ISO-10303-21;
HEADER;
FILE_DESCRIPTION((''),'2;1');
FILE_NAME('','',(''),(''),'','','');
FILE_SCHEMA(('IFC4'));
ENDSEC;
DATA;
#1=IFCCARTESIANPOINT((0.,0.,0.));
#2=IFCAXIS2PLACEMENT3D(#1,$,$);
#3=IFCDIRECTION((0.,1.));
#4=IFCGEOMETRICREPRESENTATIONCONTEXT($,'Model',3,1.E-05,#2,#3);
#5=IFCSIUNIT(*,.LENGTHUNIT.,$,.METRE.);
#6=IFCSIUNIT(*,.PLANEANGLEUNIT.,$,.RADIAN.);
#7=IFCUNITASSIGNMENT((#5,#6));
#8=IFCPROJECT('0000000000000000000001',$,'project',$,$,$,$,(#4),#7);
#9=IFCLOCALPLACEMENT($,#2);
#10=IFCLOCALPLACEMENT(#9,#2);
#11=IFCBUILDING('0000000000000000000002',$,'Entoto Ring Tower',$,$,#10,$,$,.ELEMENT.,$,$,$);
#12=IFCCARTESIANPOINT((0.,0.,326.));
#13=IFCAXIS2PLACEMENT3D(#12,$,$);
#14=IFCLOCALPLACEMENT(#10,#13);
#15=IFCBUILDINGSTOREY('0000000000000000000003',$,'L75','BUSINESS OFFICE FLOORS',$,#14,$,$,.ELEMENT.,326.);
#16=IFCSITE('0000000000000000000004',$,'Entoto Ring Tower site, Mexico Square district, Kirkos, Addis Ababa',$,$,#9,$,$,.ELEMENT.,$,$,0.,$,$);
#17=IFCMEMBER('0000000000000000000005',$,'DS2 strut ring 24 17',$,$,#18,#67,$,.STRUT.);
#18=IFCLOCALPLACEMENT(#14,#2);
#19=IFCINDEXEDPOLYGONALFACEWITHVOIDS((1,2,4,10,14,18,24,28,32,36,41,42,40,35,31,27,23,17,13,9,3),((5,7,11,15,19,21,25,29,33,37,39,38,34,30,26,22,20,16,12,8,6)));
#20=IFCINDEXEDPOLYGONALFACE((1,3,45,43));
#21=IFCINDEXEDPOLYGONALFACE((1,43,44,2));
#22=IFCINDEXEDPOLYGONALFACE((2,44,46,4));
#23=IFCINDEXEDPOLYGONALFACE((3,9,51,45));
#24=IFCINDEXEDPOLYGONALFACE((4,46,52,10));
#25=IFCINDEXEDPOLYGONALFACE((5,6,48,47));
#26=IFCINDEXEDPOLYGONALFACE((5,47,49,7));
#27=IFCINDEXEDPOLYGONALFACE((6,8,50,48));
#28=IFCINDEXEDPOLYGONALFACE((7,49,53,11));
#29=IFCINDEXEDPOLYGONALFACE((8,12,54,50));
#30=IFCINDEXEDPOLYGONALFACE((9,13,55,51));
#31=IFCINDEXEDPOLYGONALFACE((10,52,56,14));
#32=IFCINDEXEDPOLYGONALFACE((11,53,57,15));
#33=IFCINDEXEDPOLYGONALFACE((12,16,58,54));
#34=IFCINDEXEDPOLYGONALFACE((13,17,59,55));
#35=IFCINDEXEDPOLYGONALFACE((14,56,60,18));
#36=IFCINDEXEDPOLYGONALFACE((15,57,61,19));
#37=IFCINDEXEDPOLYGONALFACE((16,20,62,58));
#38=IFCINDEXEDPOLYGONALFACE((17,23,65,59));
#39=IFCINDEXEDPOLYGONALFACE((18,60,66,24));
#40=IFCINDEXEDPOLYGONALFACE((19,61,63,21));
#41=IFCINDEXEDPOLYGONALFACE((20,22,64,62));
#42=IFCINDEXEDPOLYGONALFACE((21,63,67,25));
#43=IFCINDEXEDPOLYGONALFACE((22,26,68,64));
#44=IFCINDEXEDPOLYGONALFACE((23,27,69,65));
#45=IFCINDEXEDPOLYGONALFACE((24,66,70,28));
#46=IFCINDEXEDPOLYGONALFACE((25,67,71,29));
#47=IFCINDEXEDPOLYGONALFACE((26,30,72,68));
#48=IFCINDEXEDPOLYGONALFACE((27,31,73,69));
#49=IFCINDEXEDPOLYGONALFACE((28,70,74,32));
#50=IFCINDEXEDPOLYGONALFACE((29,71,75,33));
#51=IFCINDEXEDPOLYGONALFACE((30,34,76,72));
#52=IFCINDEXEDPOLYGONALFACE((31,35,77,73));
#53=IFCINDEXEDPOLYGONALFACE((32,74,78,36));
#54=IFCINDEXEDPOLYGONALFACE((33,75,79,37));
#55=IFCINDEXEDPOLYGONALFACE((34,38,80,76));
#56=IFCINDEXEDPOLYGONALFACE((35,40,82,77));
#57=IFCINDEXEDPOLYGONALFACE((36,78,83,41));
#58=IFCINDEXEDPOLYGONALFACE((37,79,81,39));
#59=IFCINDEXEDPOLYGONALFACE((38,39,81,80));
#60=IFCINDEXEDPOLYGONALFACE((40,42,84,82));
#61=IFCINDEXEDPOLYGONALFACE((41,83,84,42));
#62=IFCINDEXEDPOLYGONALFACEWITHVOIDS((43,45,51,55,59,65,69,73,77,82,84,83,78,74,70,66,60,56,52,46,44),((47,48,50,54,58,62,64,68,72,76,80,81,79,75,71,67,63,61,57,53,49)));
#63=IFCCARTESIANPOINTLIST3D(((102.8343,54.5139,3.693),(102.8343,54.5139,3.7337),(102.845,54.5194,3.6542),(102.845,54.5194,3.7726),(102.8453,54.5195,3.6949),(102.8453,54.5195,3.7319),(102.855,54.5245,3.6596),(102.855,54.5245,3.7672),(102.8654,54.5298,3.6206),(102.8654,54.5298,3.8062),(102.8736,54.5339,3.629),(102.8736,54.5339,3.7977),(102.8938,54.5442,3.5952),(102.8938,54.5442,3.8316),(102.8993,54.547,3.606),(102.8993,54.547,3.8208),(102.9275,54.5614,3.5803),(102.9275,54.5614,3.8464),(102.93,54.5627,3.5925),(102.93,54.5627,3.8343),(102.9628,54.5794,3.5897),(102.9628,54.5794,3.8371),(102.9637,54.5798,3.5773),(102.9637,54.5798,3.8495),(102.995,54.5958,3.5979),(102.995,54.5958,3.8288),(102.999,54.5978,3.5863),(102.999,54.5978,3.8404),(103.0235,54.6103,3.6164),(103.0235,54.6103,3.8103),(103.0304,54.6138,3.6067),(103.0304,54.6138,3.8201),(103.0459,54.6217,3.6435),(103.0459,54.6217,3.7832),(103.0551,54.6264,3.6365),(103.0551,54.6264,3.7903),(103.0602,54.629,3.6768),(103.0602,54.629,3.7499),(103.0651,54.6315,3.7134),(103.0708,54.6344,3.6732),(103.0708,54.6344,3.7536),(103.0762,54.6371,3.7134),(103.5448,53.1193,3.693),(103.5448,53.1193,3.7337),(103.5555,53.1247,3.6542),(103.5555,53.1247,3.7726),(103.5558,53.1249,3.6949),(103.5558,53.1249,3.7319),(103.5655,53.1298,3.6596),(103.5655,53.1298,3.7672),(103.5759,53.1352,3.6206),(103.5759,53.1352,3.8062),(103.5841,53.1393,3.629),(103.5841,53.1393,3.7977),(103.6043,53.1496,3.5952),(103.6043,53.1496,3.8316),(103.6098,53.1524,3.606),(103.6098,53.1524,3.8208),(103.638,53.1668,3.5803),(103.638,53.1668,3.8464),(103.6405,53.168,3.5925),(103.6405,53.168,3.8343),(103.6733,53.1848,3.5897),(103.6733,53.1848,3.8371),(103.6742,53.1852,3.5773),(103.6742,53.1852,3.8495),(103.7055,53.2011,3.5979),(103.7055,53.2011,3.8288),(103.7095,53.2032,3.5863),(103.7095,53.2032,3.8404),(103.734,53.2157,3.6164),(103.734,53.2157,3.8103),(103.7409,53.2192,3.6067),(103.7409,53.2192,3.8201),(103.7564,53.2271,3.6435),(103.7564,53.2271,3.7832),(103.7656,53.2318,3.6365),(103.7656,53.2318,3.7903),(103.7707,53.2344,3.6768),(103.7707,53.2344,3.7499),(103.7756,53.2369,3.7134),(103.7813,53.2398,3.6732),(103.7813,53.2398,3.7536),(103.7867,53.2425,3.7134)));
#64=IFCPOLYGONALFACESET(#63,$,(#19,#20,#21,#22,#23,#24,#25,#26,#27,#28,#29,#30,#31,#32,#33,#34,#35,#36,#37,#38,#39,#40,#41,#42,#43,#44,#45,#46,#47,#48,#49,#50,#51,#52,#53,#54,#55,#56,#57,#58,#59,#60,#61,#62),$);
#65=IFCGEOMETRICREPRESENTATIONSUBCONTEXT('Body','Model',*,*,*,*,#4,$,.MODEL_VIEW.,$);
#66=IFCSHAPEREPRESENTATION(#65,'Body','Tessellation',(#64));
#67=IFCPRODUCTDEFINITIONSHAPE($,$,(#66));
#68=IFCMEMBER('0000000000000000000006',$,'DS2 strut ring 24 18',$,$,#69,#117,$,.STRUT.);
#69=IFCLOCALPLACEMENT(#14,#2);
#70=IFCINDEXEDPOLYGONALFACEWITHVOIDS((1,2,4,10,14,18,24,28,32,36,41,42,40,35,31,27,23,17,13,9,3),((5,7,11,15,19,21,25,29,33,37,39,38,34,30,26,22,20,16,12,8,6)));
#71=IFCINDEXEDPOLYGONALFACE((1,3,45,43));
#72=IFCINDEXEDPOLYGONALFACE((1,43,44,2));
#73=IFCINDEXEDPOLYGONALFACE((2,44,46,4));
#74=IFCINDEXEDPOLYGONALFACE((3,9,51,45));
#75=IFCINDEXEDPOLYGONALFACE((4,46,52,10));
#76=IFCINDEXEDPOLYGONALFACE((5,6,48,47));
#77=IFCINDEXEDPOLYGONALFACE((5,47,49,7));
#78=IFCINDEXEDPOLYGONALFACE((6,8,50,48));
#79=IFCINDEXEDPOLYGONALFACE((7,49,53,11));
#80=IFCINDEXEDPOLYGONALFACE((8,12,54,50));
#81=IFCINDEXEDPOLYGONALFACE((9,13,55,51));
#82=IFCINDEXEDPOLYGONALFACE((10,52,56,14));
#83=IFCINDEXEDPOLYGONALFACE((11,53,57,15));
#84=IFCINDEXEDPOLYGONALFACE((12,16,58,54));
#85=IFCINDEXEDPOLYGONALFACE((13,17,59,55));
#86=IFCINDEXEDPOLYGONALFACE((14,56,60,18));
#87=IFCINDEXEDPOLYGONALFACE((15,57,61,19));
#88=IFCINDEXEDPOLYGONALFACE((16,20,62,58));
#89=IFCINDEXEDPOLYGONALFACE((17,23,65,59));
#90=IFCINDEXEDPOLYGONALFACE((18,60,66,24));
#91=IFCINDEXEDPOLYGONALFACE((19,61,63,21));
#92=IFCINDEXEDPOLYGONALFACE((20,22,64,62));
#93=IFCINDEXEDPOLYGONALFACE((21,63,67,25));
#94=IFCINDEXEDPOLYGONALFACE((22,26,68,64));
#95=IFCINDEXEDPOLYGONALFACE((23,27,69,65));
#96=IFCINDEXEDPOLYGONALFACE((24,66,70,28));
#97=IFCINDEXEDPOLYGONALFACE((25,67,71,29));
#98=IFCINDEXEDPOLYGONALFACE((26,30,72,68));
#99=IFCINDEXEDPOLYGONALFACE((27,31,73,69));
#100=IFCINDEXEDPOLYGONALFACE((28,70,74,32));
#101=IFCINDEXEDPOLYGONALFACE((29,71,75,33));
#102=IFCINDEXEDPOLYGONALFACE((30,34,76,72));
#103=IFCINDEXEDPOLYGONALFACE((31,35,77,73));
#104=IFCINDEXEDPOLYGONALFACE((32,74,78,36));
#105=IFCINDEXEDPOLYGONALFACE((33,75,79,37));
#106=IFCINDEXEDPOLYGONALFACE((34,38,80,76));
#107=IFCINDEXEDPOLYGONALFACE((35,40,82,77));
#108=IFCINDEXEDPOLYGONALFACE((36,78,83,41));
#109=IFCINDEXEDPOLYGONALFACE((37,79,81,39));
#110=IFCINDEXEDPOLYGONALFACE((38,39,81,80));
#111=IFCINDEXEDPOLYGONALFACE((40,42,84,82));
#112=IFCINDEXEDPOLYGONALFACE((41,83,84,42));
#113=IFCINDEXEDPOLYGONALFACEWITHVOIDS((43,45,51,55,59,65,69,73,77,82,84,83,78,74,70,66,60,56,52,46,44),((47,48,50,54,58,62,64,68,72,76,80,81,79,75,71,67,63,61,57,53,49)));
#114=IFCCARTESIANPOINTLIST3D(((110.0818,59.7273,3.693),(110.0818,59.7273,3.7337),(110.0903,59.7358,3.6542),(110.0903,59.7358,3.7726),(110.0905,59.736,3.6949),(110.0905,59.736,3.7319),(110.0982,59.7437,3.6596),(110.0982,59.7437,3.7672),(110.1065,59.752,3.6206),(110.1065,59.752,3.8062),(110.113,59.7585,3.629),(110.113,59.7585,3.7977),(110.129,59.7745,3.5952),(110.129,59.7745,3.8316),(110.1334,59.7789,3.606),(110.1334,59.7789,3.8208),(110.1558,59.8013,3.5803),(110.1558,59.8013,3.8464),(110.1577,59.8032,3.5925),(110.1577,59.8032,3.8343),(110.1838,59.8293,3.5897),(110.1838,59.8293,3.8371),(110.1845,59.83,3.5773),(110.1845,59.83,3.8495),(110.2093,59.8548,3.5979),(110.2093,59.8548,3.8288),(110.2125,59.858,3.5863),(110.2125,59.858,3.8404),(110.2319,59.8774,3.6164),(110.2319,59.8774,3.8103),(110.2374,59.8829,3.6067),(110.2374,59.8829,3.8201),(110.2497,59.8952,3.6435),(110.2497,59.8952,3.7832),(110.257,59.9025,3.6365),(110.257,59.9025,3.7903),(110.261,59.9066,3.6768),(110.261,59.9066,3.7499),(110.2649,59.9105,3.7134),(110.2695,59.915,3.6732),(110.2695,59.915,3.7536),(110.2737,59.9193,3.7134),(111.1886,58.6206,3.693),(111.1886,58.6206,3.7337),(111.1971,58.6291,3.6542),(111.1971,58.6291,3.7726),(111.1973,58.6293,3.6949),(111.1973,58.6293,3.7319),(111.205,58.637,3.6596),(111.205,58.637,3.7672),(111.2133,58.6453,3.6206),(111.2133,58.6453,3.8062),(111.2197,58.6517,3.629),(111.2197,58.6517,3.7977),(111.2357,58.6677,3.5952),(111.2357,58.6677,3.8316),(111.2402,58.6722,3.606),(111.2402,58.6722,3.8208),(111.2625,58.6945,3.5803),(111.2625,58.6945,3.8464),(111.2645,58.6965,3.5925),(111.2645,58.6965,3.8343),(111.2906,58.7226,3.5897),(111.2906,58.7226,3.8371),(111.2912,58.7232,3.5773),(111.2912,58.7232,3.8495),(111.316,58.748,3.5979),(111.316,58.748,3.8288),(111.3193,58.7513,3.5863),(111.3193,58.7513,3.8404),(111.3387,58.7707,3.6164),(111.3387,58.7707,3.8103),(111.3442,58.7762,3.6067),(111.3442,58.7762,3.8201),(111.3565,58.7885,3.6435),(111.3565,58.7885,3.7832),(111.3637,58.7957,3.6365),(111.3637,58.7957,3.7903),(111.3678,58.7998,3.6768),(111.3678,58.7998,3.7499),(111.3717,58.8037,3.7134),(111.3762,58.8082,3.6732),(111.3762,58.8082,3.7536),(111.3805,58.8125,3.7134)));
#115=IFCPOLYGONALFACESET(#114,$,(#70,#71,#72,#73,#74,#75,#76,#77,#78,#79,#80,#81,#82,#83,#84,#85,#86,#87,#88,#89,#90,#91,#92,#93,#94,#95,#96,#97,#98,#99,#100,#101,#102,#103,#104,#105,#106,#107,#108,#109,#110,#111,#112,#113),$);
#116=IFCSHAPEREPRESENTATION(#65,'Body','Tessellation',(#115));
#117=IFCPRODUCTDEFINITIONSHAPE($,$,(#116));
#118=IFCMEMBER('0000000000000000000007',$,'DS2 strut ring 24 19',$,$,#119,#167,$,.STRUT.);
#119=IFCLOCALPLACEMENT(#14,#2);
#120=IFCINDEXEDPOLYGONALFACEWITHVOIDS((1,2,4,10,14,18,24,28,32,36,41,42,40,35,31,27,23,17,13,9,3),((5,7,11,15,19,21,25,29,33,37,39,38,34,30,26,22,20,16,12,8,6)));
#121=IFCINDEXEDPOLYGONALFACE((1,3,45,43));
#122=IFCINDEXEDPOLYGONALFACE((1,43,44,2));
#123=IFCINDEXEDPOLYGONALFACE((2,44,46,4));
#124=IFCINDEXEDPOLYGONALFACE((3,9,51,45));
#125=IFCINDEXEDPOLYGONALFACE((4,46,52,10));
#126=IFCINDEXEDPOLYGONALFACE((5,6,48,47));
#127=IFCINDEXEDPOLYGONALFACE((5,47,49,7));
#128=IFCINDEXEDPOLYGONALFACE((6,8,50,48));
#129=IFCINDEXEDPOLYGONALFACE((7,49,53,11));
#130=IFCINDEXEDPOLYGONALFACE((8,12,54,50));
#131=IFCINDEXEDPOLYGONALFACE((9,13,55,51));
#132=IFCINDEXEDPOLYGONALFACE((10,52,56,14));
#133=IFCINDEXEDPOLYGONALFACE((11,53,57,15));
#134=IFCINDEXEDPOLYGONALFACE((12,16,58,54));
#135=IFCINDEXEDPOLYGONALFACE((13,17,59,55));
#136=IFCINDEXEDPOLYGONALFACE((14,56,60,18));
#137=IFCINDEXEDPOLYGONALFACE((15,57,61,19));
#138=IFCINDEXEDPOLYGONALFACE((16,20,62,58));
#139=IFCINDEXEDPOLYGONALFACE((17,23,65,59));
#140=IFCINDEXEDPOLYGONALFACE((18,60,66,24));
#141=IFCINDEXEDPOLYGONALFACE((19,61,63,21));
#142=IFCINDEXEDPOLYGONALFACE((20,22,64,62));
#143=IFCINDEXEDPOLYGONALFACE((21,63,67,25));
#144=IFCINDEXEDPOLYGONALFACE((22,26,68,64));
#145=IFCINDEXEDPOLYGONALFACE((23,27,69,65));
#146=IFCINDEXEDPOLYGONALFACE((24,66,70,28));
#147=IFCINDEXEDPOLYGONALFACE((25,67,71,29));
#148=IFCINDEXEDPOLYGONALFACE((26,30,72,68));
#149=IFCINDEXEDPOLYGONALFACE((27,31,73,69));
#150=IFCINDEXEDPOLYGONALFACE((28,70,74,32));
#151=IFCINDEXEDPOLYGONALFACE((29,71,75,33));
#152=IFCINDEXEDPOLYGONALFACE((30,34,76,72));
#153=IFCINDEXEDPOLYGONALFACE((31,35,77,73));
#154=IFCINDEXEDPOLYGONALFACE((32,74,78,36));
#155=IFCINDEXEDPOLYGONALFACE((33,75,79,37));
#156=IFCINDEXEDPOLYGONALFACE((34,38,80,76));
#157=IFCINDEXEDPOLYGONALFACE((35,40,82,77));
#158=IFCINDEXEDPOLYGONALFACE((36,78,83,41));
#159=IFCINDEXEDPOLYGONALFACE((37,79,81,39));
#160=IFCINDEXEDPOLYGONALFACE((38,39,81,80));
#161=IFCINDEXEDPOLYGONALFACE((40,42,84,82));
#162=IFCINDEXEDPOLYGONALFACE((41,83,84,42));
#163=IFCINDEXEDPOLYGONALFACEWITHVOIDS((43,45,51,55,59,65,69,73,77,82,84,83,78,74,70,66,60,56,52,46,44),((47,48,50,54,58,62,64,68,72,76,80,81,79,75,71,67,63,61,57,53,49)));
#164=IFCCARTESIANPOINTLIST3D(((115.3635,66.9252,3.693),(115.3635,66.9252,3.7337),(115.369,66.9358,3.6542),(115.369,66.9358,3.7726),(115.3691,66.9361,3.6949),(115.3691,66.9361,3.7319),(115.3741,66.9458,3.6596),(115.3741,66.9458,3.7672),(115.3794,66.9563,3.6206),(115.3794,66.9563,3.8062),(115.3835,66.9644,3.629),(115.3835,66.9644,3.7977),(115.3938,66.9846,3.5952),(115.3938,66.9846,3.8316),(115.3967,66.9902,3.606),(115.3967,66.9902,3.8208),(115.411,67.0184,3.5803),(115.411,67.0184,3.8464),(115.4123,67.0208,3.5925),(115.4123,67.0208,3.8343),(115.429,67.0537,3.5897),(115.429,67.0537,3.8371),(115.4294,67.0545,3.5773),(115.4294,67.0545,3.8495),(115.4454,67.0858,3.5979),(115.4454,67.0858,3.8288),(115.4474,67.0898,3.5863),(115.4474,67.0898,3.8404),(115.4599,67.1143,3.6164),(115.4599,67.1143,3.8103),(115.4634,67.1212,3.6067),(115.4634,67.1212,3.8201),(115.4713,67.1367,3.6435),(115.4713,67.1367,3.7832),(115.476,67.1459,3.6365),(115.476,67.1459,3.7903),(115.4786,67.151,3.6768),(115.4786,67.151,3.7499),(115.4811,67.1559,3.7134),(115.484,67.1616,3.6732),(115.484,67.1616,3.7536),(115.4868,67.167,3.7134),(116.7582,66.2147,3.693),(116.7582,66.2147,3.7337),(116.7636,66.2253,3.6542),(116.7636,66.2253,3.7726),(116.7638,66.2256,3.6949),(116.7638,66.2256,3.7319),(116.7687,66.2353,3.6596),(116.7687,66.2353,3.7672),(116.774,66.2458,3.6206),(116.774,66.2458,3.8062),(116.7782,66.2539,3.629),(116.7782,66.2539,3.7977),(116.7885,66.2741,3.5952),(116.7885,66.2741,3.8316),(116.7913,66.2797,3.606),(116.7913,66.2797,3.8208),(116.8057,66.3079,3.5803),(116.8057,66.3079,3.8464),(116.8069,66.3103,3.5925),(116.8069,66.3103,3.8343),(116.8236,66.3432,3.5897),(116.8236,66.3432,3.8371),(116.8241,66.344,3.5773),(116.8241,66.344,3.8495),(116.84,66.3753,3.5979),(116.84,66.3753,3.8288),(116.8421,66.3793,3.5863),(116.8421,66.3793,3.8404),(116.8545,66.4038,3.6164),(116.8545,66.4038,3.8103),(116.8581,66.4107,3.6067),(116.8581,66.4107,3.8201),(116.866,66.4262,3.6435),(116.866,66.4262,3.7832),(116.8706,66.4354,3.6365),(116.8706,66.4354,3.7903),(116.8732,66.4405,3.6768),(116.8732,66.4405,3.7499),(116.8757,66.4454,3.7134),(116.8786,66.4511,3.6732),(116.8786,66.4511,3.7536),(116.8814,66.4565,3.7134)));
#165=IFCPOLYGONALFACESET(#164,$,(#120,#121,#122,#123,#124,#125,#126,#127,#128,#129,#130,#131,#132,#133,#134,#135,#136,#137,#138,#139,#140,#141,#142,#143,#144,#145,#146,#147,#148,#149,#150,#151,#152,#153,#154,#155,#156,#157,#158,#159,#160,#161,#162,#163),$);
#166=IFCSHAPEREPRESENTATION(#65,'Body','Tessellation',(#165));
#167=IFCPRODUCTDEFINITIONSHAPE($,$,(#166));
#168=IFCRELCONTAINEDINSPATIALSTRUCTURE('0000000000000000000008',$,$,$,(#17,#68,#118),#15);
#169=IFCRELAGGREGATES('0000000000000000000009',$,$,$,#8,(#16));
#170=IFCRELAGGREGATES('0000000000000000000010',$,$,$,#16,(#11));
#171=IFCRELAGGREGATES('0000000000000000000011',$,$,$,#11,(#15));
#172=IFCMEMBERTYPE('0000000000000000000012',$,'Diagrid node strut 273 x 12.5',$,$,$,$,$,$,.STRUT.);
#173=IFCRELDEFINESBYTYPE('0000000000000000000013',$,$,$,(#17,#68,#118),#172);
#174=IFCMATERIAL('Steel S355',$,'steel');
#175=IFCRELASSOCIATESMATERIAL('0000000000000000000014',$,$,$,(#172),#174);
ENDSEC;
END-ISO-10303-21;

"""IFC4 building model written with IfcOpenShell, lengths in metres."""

from ifc_helpers import new_model, si_unit, direction, frame, origin, origin_2d, place, context, subcontext, project, spatial, circle, hollow_circle, extrude, material, material_profile, profile_set, type_object, element, save


model = new_model("IFC4")

# Units and contexts
model_context = context("Model", 3, precision=1e-05, world=origin(), true_north=direction((0.0, 1.0)))
body_context = subcontext(model_context, "Body", "Model", "MODEL_VIEW")
ifc_project = project(units=[si_unit("LENGTHUNIT", "METRE"), si_unit("PLANEANGLEUNIT", "RADIAN")], contexts=[model_context])

# Site, building, storey
site_placement = place(None, origin())
site = spatial("IfcSite", under=ifc_project, at=site_placement, Name="Entoto Ring Tower site, Mexico Square district, Kirkos, Addis Ababa", CompositionType="ELEMENT", RefElevation=0.0)
building_placement = place(site_placement, origin())
building = spatial("IfcBuilding", under=site, at=building_placement, Name="Entoto Ring Tower", CompositionType="ELEMENT")
storey_placement = place(building_placement, frame((0.0, 0.0, 326.0)))
storey = spatial("IfcBuildingStorey", under=building, at=storey_placement, Name="L75", Description="BUSINESS OFFICE FLOORS", CompositionType="ELEMENT", Elevation=326.0)

# Members
ifc_material_1 = material(Name="Steel S355", Category="steel")
ifc_material_profile_1 = material_profile(ifc_material_1, hollow_circle(Radius=0.1365, WallThickness=0.0125, at=origin_2d()), Name="CHS 273 x 12.5")
ifc_material_2 = material(Name="Concrete C60/75", Category="concrete")
ifc_material_profile_2 = material_profile(ifc_material_2, circle(Radius=0.124, at=origin_2d()), Name="Concrete C60/75 infill")
ifc_profile_set_1 = profile_set([ifc_material_profile_1, ifc_material_profile_2], Name="Steel S355")
member_type = type_object("IfcMemberType", Name="Diagrid node strut 273 x 12.5", PredefinedType="STRUT", material=ifc_profile_set_1)
for number, where, z_axis, x_axis, name in (
    (1, (102.9546, 54.5752, 3.7134), (0.45394, -0.891032, 0.0), (0.891032, 0.45394, 0.0), "DS2 strut ring 24 17"),
    (2, (110.1772, 59.8228, 3.7134), (0.707107, -0.707107, 0.0), (0.707107, 0.707107, 0.0), "DS2 strut ring 24 18"),
    (3, (115.4248, 67.0454, 3.7134), (0.891032, -0.45394, 0.0), (0.45394, 0.891032, 0.0), "DS2 strut ring 24 19"),
):
    element("IfcMember", number, at=place(storey_placement, frame(where, z_axis=z_axis, x_axis=x_axis)), inside=storey, type_object=member_type, Name=name, PredefinedType="STRUT", context=body_context, shape_type="SweptSolid", body=[
        extrude(hollow_circle(Radius=0.1365, WallThickness=0.0125, at=origin_2d()), origin(), (0.0, 0.0, 1.0), 1.5652),
    ])

save(model, "model.ifc")
